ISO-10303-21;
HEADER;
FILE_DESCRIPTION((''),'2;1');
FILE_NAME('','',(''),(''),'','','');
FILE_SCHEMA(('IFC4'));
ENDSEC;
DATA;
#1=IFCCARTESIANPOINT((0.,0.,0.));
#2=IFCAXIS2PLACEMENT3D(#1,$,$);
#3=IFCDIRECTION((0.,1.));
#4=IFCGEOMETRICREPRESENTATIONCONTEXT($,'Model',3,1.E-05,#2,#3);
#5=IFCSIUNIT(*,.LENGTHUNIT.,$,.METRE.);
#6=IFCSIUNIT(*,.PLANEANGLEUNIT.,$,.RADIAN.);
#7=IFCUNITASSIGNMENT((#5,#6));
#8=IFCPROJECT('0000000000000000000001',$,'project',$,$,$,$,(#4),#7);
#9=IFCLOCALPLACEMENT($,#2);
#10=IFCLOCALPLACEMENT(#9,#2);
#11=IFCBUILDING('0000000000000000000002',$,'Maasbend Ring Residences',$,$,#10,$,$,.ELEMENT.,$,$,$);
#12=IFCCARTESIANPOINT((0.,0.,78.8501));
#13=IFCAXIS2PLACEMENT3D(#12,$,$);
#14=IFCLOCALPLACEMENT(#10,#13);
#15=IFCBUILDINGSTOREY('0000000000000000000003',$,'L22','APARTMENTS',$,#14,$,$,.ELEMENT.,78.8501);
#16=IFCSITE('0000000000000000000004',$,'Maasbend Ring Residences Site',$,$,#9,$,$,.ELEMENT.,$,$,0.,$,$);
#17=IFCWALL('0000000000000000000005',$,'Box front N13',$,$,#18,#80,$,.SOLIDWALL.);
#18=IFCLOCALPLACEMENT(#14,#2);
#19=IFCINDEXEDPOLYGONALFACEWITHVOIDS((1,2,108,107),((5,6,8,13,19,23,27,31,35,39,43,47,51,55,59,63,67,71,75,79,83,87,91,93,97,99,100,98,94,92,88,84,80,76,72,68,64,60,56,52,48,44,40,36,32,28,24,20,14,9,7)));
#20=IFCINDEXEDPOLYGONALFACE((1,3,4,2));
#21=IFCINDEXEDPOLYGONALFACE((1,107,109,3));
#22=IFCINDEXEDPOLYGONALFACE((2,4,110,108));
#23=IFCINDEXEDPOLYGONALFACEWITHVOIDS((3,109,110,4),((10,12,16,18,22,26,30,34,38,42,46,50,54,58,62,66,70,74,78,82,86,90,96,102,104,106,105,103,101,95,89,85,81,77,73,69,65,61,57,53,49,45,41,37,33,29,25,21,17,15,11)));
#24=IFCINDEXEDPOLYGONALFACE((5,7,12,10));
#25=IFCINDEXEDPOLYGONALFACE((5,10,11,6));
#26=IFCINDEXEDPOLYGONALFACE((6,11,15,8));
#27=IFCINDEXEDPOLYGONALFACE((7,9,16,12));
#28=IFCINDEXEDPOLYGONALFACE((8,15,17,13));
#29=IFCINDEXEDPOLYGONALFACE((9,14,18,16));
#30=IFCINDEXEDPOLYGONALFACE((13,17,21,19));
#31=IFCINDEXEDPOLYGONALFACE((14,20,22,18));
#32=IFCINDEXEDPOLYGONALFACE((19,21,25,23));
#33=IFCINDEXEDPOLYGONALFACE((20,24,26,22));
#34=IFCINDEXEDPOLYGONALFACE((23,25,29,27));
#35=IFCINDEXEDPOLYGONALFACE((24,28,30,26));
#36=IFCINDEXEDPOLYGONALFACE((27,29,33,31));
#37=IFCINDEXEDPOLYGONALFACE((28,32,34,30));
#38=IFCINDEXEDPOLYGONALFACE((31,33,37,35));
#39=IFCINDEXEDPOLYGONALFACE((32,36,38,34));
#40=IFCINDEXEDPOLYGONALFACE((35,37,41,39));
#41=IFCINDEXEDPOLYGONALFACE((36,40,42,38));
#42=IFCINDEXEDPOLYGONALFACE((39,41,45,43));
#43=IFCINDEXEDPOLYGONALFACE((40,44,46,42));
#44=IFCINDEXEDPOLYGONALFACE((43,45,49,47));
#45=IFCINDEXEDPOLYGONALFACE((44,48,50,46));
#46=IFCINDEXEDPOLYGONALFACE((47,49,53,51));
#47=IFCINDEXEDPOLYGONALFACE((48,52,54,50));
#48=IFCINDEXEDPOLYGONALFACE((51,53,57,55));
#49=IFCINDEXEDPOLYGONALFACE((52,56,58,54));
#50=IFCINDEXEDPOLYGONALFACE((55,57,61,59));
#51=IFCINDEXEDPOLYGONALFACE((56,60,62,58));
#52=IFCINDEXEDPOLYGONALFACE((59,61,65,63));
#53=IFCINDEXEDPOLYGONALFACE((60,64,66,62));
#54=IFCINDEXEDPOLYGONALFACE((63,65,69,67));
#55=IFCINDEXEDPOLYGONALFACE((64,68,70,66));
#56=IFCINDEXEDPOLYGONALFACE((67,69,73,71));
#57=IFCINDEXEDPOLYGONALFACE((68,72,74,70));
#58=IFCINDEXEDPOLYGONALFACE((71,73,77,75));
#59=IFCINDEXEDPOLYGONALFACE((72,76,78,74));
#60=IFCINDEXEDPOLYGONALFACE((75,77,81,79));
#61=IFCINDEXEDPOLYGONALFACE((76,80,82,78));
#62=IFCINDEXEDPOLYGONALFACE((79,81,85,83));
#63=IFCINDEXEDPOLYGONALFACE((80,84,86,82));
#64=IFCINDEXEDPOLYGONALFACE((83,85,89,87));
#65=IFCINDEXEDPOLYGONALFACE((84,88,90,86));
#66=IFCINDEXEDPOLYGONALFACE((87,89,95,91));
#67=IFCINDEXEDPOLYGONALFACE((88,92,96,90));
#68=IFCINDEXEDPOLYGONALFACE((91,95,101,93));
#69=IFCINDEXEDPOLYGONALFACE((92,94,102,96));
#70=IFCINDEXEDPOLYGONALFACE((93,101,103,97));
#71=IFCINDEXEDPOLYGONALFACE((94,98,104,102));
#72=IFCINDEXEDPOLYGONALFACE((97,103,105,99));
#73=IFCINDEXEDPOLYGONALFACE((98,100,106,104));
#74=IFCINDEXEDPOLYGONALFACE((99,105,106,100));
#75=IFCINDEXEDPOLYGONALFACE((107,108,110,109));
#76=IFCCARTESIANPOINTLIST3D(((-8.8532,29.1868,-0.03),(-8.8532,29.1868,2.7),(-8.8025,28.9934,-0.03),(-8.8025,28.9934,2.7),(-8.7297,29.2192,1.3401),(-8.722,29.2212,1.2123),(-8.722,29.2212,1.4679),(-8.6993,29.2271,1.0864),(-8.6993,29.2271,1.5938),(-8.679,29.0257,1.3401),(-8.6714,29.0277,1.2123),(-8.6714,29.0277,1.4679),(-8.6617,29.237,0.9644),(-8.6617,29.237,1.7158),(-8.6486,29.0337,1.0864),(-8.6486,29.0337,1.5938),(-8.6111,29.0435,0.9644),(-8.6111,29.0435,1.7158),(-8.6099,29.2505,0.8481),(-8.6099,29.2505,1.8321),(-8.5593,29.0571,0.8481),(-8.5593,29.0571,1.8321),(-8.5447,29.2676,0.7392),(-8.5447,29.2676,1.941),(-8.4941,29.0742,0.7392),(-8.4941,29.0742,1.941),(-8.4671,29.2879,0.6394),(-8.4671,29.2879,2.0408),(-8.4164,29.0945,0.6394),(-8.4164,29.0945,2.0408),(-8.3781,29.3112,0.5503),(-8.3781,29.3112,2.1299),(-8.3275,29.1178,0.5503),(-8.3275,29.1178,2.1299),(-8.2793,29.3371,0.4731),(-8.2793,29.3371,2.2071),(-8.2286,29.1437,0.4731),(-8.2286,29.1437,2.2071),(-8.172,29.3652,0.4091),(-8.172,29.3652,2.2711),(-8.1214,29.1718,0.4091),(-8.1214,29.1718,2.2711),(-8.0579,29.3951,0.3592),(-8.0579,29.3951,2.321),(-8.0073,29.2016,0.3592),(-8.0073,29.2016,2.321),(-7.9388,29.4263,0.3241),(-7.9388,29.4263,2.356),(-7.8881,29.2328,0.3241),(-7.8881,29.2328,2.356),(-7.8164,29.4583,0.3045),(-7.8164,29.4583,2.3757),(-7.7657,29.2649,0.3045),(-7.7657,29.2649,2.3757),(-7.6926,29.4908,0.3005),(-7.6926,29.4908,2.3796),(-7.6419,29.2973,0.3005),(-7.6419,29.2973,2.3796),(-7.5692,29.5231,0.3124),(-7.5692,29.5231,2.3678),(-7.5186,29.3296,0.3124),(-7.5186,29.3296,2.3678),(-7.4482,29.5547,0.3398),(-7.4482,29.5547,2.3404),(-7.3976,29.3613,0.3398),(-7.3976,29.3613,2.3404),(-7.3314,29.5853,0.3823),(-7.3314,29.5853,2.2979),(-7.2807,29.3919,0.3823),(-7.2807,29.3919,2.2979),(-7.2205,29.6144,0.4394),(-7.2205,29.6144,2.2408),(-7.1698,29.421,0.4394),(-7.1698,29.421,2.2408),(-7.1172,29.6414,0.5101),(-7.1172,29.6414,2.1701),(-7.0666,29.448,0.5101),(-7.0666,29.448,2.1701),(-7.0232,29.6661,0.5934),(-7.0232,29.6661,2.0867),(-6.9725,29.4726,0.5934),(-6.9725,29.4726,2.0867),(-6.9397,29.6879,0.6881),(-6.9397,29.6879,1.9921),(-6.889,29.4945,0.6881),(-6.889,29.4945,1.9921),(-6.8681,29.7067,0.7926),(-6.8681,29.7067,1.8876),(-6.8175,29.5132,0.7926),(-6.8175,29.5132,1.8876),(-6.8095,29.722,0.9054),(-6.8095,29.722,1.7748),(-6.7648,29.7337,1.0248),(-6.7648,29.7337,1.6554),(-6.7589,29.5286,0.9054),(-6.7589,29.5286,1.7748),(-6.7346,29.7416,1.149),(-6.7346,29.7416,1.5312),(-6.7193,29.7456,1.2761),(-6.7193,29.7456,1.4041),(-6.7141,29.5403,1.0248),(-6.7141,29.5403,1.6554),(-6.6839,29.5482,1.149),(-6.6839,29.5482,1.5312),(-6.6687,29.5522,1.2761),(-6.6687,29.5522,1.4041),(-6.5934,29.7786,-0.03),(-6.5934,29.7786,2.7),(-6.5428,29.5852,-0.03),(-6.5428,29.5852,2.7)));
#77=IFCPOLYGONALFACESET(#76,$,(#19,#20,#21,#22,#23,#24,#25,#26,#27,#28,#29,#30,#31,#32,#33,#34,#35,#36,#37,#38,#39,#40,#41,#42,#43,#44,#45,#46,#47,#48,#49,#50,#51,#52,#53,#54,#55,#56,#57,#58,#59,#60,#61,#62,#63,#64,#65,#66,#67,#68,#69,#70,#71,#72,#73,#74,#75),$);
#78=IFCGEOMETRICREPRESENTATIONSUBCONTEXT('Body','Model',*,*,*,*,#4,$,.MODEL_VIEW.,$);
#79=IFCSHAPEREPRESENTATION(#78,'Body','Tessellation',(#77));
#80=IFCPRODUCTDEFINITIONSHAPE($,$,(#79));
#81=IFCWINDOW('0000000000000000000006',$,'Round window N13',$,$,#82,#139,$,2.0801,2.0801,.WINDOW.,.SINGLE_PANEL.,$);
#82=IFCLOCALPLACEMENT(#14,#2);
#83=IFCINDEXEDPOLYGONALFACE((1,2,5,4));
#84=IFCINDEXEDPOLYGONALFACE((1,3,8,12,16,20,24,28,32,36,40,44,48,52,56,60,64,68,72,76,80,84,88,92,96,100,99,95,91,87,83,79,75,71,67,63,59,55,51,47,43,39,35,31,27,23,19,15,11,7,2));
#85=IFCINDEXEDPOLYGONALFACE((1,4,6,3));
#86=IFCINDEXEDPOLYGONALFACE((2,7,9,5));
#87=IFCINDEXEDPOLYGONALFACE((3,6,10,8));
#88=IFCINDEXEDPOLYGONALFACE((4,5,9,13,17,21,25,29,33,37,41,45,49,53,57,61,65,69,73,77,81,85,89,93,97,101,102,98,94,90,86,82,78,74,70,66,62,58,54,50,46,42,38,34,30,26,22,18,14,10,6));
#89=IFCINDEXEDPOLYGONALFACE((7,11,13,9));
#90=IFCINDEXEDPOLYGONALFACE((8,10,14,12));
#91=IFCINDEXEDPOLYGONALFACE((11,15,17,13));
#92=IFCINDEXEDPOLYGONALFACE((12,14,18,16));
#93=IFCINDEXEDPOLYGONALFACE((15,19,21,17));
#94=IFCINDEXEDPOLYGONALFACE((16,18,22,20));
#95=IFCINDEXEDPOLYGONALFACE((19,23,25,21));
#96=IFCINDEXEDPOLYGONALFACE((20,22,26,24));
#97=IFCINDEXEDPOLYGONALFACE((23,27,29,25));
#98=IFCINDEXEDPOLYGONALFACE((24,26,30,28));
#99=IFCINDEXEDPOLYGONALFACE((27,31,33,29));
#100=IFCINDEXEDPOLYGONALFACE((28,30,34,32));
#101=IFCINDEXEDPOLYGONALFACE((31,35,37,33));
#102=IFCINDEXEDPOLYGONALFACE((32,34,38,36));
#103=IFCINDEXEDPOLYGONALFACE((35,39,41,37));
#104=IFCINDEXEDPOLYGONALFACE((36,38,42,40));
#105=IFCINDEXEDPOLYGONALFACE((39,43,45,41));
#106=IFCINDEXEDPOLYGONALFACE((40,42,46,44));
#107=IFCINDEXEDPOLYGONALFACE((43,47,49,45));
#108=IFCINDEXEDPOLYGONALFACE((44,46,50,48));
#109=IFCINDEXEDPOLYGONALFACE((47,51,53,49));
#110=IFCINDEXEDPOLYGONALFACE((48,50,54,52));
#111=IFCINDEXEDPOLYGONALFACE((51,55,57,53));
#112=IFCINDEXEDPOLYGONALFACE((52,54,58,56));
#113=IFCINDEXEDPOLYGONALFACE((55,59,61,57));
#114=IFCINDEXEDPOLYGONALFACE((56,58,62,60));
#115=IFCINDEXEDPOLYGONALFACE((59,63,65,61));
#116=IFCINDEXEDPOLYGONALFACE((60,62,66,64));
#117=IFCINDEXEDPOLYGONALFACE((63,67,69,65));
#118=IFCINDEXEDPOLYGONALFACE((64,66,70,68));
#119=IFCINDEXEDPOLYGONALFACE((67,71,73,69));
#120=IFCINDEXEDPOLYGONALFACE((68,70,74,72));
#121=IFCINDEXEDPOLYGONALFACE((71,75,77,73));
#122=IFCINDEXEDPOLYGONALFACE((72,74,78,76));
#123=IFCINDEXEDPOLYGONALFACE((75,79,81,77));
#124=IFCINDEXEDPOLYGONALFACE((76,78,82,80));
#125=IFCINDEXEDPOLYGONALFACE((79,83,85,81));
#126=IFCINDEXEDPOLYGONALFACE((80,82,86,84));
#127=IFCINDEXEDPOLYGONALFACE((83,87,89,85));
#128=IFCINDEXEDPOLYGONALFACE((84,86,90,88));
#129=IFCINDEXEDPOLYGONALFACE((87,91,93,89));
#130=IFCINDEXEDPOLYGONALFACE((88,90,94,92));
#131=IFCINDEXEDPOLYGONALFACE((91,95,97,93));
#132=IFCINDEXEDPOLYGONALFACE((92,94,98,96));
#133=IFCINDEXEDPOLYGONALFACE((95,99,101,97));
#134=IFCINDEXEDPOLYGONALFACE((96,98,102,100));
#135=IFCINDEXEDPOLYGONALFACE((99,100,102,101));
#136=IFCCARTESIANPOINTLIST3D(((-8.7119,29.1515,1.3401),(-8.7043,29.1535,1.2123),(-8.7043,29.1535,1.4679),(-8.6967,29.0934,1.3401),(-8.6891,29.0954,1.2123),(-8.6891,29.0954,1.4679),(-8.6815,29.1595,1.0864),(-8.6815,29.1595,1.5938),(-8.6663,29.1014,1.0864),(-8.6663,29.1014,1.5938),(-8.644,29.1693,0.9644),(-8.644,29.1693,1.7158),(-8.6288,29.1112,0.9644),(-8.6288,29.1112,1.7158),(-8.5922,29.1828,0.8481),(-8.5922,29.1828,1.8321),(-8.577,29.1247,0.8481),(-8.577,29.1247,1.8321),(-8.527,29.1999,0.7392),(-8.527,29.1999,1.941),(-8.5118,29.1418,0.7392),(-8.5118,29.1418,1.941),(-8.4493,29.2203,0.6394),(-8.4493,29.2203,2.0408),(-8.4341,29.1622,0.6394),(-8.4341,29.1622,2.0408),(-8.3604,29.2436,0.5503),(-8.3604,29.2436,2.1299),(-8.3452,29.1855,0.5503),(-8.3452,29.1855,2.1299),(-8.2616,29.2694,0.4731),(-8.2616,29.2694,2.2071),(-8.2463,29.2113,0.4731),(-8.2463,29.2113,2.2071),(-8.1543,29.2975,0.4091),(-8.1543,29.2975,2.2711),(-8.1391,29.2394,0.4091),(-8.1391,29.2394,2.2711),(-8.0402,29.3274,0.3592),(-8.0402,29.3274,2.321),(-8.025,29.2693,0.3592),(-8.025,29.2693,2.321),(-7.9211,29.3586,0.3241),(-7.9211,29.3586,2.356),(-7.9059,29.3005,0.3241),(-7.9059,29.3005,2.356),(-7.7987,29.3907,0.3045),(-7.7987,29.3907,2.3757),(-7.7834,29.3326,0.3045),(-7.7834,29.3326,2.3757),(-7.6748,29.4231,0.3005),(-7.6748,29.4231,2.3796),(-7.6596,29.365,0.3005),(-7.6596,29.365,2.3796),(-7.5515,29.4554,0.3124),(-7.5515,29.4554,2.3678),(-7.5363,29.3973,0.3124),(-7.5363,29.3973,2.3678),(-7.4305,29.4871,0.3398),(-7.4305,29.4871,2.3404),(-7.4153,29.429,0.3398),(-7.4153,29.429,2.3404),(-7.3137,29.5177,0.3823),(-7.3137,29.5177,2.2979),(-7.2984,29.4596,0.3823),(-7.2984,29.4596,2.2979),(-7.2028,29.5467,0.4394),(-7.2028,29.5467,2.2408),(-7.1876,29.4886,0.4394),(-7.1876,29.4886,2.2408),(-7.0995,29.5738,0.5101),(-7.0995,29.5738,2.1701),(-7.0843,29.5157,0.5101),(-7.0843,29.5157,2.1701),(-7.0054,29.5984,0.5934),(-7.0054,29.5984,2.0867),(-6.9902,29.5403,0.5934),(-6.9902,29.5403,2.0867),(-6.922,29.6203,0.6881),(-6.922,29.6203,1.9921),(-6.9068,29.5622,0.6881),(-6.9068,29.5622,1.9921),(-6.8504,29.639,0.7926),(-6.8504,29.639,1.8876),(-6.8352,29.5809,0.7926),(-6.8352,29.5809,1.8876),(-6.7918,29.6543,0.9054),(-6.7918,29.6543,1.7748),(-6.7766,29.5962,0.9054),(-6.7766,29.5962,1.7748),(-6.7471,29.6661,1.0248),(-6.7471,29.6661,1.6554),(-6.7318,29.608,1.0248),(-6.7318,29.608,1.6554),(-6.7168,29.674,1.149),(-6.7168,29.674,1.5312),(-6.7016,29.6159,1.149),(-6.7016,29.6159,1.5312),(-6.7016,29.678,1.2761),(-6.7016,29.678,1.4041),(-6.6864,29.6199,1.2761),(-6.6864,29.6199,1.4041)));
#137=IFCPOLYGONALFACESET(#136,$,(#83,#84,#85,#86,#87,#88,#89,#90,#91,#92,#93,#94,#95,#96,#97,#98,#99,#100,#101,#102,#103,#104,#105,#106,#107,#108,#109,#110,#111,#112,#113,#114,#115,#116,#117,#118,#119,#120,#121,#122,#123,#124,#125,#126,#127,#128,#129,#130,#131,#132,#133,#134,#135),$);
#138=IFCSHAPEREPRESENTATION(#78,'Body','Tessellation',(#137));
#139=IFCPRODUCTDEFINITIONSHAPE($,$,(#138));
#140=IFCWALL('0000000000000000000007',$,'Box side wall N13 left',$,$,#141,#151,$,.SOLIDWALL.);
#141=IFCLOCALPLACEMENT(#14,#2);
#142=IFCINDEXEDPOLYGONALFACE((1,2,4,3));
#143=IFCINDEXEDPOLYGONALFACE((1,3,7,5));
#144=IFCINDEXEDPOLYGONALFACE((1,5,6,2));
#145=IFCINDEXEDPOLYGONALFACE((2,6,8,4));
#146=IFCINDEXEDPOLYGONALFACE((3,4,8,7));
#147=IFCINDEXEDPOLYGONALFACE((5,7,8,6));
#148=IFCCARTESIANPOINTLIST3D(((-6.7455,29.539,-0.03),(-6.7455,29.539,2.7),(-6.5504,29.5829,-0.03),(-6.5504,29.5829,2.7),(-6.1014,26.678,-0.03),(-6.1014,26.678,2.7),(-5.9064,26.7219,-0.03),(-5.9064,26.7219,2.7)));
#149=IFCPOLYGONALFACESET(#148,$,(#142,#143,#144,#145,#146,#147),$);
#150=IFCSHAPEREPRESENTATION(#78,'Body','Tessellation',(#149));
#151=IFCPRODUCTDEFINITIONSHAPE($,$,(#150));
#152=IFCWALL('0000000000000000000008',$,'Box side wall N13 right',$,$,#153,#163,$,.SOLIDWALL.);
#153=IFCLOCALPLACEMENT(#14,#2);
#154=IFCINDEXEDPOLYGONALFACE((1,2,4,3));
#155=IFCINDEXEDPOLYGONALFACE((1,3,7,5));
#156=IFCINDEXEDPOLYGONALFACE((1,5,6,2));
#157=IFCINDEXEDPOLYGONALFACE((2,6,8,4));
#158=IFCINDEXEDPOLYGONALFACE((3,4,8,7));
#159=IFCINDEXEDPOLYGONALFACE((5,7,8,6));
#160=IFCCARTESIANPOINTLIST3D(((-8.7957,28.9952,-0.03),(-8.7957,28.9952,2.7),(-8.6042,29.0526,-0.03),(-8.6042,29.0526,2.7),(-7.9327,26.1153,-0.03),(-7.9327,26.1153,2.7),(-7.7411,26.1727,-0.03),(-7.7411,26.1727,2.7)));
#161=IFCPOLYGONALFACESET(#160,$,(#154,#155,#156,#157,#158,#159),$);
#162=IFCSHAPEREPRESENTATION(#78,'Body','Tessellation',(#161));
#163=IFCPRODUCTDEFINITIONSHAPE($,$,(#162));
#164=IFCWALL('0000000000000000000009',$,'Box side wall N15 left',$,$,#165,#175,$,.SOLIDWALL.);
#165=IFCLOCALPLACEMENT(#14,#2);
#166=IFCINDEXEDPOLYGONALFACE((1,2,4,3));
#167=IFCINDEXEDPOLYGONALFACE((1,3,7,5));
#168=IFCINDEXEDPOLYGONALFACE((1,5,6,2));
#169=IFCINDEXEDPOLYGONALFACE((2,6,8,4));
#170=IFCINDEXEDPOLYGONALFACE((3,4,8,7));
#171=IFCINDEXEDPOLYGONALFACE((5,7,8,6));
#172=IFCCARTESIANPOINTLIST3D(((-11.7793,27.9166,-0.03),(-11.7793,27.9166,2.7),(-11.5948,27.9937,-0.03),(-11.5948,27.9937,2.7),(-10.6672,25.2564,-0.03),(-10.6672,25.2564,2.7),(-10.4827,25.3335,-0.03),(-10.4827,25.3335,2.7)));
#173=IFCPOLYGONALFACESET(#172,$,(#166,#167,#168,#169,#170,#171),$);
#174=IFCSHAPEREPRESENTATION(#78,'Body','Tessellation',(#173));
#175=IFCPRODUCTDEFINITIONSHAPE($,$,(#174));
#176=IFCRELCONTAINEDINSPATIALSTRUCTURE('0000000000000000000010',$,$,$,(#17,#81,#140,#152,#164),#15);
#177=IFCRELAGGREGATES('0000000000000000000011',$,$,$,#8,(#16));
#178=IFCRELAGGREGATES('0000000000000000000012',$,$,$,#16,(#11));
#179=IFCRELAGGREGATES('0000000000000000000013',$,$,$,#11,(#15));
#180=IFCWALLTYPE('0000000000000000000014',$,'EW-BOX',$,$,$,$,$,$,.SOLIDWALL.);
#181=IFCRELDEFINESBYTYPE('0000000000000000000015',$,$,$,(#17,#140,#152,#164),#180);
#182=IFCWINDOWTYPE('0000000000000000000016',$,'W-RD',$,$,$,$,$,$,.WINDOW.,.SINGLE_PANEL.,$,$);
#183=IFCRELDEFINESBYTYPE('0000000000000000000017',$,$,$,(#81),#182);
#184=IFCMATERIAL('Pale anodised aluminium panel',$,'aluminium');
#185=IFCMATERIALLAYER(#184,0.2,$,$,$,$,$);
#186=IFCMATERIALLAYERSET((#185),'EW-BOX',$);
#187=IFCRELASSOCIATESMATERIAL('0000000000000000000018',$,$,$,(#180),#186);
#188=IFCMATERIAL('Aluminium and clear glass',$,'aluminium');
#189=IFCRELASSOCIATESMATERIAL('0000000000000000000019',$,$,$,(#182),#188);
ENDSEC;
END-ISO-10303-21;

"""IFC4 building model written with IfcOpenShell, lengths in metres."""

from ifc_helpers import new_model, si_unit, direction, frame, frame_2d, origin, place, context, subcontext, project, spatial, rectangle, circle, extrude, material, layer, layer_set, type_object, element, fill, save


model = new_model("IFC4")

# Units and contexts
model_context = context("Model", 3, precision=1e-05, world=origin(), true_north=direction((0.0, 1.0)))
body_context = subcontext(model_context, "Body", "Model", "MODEL_VIEW")
ifc_project = project(units=[si_unit("LENGTHUNIT", "METRE"), si_unit("PLANEANGLEUNIT", "RADIAN")], contexts=[model_context])

# Site, building, storey
site_placement = place(None, origin())
site = spatial("IfcSite", under=ifc_project, at=site_placement, Name="Maasbend Ring Residences Site", CompositionType="ELEMENT", RefElevation=0.0)
building_placement = place(site_placement, origin())
building = spatial("IfcBuilding", under=site, at=building_placement, Name="Maasbend Ring Residences", CompositionType="ELEMENT")
storey_placement = place(building_placement, frame((0.0, 0.0, 78.8501)))
storey = spatial("IfcBuildingStorey", under=building, at=storey_placement, Name="L22", Description="APARTMENTS", CompositionType="ELEMENT", Elevation=78.8501)

# Shared definitions
ifc_material_1 = material(Name="Pale anodised aluminium panel", Category="aluminium")
ifc_layer_1 = layer(ifc_material_1, 0.2)
ifc_layer_set_1 = layer_set([ifc_layer_1], Name="EW-BOX")
wall_type_1 = type_object("IfcWallType", Name="EW-BOX", PredefinedType="SOLIDWALL", material=ifc_layer_set_1)

# Wall, opening, window
wall_1_placement = place(storey_placement, frame((-6.5681, 29.6819, -0.03), z_axis=(0.0, 0.0, 1.0), x_axis=(-0.967377, -0.253341, 0.0)))
wall_1 = element("IfcWall", 1, at=wall_1_placement, inside=storey, type_object=wall_type_1, Name="Box front N13", PredefinedType="SOLIDWALL", context=body_context, shape_type="SweptSolid", body=[
    extrude(rectangle(XDim=2.3359, YDim=0.2, at=frame_2d((1.168, 0.0))), origin(), (0.0, 0.0, 1.0), 2.73),
])
opening_1_placement = place(wall_1_placement, frame((0.1282, 0.0, 0.3301)))
opening_1 = element("IfcOpeningElement", 2, at=opening_1_placement, cuts=wall_1, PredefinedType="OPENING", context=body_context, shape_type="SweptSolid", body=[
    extrude(circle(Radius=1.04, at=frame_2d((1.04, 1.04))), frame((0.0, 0.1099, 0.0), z_axis=(0.0, -1.0, 0.0), x_axis=(1.0, 0.0, 0.0)), (0.0, 0.0, 1.0), 0.22),
])
ifc_material_2 = material(Name="Aluminium and clear glass", Category="aluminium")
window_type_1 = type_object("IfcWindowType", Name="W-RD", PartitioningType="SINGLE_PANEL", PredefinedType="WINDOW", material=ifc_material_2)
window_1_placement = place(opening_1_placement, origin())
window_1 = element("IfcWindow", 3, at=window_1_placement, inside=storey, type_object=window_type_1, Name="Round window N13", OverallHeight=2.0801, OverallWidth=2.0801, PartitioningType="SINGLE_PANEL", PredefinedType="WINDOW", context=body_context, shape_type="SweptSolid", body=[
    extrude(circle(Radius=1.04, at=frame_2d((1.04, 1.04))), frame((0.0, 0.03, 0.0), z_axis=(0.0, -1.0, 0.0), x_axis=(1.0, 0.0, 0.0)), (0.0, 0.0, 1.0), 0.0601),
])
fill(opening_1, window_1)

# Walls
wall_2_placement = place(storey_placement, frame((-6.0039, 26.7, -0.03), z_axis=(0.0, 0.0, 1.0), x_axis=(-0.219609, 0.975588, 0.0)))
element("IfcWall", 4, at=wall_2_placement, inside=storey, type_object=wall_type_1, Name="Box side wall N13 left", PredefinedType="SOLIDWALL", context=body_context, shape_type="SweptSolid", body=[
    extrude(rectangle(XDim=2.9326, YDim=0.2, at=frame_2d((1.4663, 0.0))), origin(), (0.0, 0.0, 1.0), 2.73),
])
wall_3_placement = place(storey_placement, frame((-7.8369, 26.144, -0.03), z_axis=(0.0, 0.0, 1.0), x_axis=(-0.287065, 0.957911, 0.0)))
element("IfcWall", 5, at=wall_3_placement, inside=storey, type_object=wall_type_1, Name="Box side wall N13 right", PredefinedType="SOLIDWALL", context=body_context, shape_type="SweptSolid", body=[
    extrude(rectangle(XDim=3.0063, YDim=0.2, at=frame_2d((1.5032, 0.0))), origin(), (0.0, 0.0, 1.0), 2.73),
])
wall_4_placement = place(storey_placement, frame((-10.575, 25.2949, -0.03), z_axis=(0.0, 0.0, 1.0), x_axis=(-0.385697, 0.922625, 0.0)))
element("IfcWall", 6, at=wall_4_placement, inside=storey, type_object=wall_type_1, Name="Box side wall N15 left", PredefinedType="SOLIDWALL", context=body_context, shape_type="SweptSolid", body=[
    extrude(rectangle(XDim=2.8833, YDim=0.2, at=frame_2d((1.4417, 0.0))), origin(), (0.0, 0.0, 1.0), 2.73),
])

save(model, "model.ifc")
